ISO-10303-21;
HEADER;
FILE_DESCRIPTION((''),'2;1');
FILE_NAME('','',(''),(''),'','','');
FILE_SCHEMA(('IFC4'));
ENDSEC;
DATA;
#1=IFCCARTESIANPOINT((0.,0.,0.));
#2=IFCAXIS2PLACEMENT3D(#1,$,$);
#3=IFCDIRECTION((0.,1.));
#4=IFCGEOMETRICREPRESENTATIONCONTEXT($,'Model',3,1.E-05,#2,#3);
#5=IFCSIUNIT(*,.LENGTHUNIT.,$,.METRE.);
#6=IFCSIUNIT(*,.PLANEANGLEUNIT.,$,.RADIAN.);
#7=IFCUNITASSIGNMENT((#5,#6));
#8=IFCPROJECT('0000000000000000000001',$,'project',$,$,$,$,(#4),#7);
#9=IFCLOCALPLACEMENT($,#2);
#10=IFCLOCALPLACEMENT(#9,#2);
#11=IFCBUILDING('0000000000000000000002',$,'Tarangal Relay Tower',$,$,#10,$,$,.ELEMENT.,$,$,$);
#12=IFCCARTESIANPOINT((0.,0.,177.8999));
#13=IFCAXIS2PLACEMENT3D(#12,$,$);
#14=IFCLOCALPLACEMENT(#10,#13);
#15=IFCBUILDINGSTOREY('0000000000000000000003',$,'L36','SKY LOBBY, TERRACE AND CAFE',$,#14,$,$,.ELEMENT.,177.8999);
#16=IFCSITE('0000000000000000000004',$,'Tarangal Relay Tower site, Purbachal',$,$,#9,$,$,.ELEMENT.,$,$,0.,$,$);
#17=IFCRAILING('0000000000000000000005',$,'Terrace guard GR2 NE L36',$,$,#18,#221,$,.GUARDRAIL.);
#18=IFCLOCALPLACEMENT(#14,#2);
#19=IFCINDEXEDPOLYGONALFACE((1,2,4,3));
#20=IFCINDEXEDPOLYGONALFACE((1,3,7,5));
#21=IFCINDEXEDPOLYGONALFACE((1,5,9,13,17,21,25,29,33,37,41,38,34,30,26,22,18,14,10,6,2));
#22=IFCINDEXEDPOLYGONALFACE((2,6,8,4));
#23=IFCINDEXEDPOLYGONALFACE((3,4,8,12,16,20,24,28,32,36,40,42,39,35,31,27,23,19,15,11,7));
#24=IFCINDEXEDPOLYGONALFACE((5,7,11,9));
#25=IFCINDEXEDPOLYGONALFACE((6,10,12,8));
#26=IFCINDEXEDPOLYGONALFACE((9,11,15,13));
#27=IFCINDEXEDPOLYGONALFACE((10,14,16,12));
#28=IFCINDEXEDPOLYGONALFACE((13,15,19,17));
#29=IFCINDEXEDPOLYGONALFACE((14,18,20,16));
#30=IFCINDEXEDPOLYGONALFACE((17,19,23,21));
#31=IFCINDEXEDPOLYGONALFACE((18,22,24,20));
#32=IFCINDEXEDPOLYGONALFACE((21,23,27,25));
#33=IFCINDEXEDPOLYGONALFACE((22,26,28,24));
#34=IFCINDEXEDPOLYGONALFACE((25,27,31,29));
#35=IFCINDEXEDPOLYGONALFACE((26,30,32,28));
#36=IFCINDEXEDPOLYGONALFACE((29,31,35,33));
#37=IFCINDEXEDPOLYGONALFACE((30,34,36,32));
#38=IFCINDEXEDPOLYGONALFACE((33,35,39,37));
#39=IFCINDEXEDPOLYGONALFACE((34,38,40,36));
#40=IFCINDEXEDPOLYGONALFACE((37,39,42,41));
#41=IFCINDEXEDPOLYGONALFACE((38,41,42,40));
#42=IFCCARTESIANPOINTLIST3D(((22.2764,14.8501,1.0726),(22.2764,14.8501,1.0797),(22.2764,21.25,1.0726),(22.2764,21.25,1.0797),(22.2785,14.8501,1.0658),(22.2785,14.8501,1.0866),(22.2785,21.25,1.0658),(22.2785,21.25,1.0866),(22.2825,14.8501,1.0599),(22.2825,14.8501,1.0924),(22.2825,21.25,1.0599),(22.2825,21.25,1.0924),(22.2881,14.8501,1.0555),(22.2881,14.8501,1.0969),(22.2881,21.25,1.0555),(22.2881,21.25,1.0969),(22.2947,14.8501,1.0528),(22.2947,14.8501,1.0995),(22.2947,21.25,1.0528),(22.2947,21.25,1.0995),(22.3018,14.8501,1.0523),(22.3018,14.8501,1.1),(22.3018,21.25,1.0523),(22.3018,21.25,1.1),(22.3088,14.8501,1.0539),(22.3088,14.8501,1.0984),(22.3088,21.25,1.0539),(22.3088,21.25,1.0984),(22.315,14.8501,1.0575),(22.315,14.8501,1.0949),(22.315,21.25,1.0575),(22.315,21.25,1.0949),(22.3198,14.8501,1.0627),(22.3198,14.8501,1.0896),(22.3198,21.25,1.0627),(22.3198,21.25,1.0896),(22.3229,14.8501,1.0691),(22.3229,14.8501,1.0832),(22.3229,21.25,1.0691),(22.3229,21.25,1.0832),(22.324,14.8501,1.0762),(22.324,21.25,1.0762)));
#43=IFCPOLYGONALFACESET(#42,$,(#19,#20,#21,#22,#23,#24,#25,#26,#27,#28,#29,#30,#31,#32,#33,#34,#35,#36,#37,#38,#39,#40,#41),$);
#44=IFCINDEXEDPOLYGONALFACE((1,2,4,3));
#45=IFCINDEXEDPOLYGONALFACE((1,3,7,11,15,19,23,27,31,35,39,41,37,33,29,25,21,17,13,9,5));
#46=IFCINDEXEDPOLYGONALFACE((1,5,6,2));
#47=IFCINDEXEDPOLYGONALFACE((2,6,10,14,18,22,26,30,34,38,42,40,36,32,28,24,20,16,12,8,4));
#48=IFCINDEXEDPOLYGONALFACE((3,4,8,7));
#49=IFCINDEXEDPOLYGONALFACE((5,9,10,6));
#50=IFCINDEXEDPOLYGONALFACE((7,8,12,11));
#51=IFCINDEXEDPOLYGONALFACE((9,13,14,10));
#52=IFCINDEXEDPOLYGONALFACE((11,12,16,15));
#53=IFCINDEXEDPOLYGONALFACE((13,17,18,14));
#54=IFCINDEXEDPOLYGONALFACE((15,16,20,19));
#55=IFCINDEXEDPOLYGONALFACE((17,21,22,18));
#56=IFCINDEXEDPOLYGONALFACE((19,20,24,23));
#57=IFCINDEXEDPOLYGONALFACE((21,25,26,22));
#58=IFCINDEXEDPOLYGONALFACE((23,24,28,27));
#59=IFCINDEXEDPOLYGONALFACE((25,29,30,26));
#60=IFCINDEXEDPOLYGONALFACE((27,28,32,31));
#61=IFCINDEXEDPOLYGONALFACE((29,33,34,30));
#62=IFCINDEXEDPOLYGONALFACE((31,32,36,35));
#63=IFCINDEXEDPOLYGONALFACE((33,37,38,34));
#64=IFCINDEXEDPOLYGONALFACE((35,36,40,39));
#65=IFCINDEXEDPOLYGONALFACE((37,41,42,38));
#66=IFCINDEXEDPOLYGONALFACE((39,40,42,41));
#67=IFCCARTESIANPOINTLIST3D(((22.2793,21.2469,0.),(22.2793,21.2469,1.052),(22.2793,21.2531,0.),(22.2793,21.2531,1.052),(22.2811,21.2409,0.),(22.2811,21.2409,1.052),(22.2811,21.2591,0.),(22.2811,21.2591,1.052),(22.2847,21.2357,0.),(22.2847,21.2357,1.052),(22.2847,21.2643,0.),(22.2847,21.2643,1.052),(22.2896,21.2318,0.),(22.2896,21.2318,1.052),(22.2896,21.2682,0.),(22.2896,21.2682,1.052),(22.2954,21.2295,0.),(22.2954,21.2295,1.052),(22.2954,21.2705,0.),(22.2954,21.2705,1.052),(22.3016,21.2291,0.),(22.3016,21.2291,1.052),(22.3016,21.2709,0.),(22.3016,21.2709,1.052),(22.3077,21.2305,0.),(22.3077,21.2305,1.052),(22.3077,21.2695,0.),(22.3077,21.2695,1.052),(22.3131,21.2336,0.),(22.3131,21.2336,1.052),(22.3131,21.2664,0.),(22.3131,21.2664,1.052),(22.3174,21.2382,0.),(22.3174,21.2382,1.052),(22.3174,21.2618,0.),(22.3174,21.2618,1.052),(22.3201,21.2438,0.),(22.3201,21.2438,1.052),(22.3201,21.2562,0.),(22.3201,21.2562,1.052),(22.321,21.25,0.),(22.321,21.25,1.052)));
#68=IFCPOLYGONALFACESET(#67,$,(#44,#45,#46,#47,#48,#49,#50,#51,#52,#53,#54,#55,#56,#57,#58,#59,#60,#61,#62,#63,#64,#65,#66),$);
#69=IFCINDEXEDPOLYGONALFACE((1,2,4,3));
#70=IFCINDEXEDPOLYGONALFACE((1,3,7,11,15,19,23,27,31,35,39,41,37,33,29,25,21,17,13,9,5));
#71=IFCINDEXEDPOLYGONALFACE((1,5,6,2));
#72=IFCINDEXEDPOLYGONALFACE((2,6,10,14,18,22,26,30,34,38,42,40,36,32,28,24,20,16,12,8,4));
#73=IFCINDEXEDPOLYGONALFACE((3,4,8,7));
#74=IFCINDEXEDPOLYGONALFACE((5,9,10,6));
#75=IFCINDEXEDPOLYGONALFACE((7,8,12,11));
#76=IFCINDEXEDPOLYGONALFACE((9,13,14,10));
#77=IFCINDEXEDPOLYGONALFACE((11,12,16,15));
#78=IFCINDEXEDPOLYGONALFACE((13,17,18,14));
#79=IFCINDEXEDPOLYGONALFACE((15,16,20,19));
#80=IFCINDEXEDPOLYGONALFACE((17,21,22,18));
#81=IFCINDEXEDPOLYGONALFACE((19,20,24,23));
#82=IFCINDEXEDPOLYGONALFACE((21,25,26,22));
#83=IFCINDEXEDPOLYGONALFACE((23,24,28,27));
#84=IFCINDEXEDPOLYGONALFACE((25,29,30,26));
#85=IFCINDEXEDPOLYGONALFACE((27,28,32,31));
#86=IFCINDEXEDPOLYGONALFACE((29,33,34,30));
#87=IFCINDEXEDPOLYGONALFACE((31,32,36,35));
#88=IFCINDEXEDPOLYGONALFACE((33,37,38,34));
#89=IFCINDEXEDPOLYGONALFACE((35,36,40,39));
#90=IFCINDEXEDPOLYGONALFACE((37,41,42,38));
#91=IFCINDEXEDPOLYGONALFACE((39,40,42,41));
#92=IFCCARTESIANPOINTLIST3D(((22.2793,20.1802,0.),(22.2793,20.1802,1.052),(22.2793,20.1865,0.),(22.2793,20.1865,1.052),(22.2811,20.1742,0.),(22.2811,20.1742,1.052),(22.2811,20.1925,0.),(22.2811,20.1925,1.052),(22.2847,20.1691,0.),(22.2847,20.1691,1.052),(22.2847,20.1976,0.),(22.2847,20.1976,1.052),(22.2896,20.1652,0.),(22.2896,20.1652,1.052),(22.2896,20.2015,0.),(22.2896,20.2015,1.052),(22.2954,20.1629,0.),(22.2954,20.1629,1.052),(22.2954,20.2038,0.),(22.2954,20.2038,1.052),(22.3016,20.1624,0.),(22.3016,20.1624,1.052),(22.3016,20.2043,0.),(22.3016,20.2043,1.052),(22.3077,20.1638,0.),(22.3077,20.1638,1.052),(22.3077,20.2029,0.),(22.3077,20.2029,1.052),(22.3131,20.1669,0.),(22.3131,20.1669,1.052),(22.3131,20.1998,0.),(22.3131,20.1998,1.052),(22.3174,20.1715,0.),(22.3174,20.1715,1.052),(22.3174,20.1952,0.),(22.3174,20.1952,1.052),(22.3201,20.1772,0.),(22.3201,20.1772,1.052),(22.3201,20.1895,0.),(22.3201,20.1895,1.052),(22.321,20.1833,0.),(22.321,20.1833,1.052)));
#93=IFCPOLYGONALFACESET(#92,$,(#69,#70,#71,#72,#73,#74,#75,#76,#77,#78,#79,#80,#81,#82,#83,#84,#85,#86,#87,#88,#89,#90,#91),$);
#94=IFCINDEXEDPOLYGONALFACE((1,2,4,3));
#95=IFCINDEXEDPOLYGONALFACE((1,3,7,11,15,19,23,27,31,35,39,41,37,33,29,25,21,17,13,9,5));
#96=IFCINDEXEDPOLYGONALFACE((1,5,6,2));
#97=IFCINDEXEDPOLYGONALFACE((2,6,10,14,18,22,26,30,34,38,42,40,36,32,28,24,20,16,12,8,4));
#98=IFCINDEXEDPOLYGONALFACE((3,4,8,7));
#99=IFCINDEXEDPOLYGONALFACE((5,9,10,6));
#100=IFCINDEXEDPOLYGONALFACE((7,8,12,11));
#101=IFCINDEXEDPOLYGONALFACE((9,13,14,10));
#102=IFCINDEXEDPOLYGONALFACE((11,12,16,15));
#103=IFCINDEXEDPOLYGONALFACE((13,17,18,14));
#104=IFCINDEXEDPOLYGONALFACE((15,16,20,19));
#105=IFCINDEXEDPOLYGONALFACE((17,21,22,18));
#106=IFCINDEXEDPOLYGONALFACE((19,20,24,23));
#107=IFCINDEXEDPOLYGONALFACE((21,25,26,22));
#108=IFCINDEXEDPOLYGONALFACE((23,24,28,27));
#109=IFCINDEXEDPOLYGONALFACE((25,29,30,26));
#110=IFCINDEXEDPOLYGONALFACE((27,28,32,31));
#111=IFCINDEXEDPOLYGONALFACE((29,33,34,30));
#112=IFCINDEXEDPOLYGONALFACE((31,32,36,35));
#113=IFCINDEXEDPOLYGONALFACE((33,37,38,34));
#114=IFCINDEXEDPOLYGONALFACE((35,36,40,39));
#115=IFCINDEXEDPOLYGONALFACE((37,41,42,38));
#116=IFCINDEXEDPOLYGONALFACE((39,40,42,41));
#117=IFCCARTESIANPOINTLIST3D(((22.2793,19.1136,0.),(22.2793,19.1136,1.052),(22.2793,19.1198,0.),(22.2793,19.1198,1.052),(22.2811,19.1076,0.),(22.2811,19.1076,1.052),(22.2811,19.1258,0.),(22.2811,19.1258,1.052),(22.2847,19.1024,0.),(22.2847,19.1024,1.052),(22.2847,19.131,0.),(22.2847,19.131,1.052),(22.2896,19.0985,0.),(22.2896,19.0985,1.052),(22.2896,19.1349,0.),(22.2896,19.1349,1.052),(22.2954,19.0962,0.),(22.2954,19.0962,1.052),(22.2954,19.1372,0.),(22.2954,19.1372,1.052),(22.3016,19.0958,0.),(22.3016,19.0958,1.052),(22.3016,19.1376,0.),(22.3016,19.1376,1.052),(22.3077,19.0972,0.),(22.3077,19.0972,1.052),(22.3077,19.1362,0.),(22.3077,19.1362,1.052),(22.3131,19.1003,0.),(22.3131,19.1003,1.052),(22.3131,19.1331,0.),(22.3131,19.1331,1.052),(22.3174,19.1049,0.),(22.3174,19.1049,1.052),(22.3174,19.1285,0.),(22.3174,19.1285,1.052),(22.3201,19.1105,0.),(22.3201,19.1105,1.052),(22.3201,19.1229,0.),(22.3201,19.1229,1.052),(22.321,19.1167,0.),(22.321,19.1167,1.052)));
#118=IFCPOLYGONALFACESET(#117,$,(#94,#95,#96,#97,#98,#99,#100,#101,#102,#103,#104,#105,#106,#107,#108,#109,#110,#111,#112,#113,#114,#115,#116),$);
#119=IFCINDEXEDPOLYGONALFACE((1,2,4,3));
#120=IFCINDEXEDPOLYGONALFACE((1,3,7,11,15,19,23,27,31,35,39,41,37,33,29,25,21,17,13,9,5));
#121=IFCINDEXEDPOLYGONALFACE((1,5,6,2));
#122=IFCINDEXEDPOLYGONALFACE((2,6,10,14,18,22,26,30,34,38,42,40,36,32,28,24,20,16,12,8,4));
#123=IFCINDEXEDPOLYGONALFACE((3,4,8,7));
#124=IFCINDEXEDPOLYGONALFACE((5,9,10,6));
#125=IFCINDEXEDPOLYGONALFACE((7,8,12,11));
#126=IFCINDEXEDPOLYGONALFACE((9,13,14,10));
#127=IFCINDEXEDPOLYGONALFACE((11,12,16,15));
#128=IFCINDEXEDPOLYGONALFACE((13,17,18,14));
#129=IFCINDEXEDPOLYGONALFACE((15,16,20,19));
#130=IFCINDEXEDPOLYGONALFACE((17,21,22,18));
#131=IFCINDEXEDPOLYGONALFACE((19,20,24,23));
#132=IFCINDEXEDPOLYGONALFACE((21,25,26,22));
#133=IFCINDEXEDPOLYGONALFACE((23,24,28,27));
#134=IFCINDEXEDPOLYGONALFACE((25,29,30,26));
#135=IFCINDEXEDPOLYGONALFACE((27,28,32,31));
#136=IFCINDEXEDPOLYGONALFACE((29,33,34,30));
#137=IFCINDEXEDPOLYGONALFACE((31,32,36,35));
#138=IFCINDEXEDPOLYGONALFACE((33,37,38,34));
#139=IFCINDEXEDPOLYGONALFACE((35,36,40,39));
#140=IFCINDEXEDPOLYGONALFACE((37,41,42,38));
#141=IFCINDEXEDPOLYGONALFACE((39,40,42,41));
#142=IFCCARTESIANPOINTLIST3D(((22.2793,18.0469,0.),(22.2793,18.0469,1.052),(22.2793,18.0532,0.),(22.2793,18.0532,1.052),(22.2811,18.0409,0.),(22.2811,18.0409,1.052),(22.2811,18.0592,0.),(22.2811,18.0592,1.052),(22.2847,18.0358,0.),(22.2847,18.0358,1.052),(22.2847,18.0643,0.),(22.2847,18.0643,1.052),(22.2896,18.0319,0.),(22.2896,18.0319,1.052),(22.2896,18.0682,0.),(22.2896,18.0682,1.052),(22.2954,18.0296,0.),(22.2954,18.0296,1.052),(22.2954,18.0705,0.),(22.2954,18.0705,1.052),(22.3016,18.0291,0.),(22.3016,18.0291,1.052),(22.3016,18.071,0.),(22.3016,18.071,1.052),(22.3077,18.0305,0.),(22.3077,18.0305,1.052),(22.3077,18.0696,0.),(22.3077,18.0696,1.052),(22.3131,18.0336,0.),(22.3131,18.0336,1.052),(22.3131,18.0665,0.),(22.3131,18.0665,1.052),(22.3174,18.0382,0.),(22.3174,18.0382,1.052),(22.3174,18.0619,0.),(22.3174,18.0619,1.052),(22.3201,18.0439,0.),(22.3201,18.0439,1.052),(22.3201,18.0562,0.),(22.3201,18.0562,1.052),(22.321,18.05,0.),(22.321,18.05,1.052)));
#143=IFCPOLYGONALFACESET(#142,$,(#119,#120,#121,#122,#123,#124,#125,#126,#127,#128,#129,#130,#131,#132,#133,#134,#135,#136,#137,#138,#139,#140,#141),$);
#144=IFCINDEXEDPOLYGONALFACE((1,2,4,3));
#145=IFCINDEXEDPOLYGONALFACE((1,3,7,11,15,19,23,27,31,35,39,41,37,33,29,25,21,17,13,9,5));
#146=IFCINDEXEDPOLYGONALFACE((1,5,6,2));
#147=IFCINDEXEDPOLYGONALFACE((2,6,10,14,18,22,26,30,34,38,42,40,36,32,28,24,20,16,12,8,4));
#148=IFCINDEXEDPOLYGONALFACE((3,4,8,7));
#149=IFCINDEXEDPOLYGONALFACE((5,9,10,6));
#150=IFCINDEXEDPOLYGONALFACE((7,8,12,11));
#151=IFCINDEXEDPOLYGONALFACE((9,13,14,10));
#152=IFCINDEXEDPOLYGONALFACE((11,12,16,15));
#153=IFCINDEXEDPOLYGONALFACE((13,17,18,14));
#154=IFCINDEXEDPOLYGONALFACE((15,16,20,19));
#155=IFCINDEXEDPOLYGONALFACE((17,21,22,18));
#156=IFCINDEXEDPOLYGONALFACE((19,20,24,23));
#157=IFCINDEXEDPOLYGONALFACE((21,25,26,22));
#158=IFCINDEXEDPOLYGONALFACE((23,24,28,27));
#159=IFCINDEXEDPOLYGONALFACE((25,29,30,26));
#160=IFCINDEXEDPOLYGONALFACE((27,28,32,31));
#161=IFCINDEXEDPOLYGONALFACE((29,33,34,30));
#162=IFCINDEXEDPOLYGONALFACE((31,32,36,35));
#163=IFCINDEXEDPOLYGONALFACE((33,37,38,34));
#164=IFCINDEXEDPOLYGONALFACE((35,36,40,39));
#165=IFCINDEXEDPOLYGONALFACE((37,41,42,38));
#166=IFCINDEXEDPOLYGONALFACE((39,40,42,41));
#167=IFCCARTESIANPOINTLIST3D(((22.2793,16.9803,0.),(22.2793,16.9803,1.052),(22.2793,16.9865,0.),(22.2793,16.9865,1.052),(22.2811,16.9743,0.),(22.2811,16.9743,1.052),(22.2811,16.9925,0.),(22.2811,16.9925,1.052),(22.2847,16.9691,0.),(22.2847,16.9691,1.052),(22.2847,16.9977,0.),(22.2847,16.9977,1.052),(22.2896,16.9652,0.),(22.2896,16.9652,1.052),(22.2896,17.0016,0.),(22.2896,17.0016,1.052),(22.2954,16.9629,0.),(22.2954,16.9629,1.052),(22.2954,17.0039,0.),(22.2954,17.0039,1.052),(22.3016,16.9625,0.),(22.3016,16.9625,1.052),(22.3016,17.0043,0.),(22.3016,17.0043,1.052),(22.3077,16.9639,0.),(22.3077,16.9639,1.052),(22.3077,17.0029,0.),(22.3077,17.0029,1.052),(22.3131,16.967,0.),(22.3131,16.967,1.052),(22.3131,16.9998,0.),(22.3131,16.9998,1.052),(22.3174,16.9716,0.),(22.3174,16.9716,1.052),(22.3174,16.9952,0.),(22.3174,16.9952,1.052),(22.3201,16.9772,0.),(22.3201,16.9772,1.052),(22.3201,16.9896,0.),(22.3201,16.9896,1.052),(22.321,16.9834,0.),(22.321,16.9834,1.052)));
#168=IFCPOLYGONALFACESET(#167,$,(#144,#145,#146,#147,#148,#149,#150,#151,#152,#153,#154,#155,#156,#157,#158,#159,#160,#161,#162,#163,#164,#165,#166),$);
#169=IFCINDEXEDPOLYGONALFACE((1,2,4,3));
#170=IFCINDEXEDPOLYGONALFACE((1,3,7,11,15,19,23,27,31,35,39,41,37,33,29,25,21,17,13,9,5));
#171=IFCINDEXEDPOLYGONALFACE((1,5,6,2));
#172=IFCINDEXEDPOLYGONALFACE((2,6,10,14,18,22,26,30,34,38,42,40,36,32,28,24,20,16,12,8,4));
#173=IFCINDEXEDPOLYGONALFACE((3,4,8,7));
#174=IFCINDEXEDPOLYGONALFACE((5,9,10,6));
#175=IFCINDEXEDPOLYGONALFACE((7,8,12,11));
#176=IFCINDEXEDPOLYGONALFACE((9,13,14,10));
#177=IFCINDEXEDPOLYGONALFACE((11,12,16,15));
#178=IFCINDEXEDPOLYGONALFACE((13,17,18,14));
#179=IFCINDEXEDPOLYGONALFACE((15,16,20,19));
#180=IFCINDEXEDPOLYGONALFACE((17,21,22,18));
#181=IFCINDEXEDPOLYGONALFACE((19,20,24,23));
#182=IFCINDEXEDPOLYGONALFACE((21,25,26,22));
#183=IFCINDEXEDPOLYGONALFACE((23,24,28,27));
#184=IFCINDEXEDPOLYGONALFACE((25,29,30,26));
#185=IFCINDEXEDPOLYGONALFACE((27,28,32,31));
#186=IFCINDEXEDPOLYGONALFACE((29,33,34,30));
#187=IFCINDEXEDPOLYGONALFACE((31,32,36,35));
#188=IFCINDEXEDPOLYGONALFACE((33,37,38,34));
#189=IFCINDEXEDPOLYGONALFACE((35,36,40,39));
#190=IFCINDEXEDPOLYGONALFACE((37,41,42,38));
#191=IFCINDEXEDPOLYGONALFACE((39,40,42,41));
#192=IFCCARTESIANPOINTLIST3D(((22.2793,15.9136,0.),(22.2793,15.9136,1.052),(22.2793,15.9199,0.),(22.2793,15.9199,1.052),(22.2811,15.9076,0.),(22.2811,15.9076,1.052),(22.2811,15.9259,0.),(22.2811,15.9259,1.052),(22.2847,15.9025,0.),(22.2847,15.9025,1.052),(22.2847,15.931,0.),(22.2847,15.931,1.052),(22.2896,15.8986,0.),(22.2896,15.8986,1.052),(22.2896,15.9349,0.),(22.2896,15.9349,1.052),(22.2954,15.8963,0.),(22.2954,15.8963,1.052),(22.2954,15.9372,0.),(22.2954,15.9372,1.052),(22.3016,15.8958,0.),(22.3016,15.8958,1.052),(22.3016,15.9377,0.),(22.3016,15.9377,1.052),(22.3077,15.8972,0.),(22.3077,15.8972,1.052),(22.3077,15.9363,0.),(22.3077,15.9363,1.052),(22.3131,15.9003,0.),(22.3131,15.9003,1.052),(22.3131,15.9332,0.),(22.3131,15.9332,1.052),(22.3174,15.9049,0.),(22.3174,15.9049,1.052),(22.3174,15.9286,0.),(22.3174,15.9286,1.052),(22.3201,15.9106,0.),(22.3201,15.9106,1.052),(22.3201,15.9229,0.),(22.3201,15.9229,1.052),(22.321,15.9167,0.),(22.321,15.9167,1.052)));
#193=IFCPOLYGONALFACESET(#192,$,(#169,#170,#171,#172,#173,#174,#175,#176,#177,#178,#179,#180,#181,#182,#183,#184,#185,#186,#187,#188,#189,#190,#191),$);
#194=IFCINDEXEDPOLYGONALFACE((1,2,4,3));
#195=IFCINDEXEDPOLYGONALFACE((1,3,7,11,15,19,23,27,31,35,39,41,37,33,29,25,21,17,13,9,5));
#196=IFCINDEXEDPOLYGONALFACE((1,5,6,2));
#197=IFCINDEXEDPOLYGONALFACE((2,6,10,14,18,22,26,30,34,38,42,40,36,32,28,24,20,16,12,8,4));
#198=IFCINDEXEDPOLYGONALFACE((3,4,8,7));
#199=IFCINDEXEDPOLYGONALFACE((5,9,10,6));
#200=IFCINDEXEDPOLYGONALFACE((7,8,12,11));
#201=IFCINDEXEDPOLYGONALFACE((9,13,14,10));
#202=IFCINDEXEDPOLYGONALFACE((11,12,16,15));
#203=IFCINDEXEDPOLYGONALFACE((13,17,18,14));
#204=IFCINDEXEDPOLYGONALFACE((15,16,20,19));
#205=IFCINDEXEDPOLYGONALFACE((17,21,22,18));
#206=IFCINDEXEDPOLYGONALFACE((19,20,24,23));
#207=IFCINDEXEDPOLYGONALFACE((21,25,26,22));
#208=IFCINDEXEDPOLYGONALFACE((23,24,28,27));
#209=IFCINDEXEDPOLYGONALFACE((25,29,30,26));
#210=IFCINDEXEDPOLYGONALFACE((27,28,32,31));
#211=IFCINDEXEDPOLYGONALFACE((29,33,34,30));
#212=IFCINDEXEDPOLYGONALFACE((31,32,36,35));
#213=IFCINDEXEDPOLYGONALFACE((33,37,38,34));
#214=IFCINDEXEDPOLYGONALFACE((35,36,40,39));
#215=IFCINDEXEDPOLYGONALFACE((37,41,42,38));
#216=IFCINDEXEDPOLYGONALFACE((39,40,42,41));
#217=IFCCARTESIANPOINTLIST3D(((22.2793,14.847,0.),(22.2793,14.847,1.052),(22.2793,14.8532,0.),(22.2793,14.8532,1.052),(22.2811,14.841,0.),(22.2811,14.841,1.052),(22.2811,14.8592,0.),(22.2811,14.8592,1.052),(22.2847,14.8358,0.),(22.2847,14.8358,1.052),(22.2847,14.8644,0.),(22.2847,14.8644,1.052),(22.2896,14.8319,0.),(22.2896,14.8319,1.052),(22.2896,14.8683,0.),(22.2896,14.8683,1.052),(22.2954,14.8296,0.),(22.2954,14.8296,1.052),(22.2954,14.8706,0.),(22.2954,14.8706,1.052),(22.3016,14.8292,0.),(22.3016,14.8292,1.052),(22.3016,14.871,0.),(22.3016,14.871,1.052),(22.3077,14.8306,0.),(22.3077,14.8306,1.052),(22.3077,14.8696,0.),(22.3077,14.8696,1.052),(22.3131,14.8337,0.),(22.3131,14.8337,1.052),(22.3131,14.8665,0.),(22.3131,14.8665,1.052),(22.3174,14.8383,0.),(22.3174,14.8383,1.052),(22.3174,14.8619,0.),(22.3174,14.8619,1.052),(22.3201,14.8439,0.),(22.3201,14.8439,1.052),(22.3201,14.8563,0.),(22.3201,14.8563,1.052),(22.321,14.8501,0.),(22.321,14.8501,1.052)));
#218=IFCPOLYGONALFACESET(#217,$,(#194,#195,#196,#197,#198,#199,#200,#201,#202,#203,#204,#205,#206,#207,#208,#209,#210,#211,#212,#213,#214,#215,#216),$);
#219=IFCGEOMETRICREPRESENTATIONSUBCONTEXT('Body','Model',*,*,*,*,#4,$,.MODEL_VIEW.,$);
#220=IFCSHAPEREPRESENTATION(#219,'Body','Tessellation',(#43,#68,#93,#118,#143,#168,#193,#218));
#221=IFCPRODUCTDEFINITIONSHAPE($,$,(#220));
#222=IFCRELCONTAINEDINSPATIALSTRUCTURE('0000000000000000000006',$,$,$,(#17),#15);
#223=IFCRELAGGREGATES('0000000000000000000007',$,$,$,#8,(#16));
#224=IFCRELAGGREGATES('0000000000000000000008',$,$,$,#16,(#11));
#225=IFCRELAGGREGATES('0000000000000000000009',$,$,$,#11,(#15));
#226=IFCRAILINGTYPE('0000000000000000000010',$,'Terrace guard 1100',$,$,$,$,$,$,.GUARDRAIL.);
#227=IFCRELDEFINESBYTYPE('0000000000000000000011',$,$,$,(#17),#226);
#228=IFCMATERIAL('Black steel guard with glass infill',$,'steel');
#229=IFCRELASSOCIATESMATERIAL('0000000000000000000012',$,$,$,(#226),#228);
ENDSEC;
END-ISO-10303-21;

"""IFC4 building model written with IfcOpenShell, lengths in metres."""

from ifc_helpers import new_model, si_unit, direction, frame, origin, origin_2d, place, context, subcontext, project, spatial, circle, extrude, material, type_object, element, save


model = new_model("IFC4")

# Units and contexts
model_context = context("Model", 3, precision=1e-05, world=origin(), true_north=direction((0.0, 1.0)))
body_context = subcontext(model_context, "Body", "Model", "MODEL_VIEW")
ifc_project = project(units=[si_unit("LENGTHUNIT", "METRE"), si_unit("PLANEANGLEUNIT", "RADIAN")], contexts=[model_context])

# Site, building, storey
site_placement = place(None, origin())
site = spatial("IfcSite", under=ifc_project, at=site_placement, Name="Tarangal Relay Tower site, Purbachal", CompositionType="ELEMENT", RefElevation=0.0)
building_placement = place(site_placement, origin())
building = spatial("IfcBuilding", under=site, at=building_placement, Name="Tarangal Relay Tower", CompositionType="ELEMENT")
storey_placement = place(building_placement, frame((0.0, 0.0, 177.8999)))
storey = spatial("IfcBuildingStorey", under=building, at=storey_placement, Name="L36", Description="SKY LOBBY, TERRACE AND CAFE", CompositionType="ELEMENT", Elevation=177.8999)

# Railing
ifc_material_1 = material(Name="Black steel guard with glass infill", Category="steel")
railing_type = type_object("IfcRailingType", Name="Terrace guard 1100", PredefinedType="GUARDRAIL", material=ifc_material_1)
railing_1_placement = place(storey_placement, frame((22.3, 21.25, 0.0)))
element("IfcRailing", 1, at=railing_1_placement, inside=storey, type_object=railing_type, Name="Terrace guard GR2 NE L36", PredefinedType="GUARDRAIL", context=body_context, shape_type="SweptSolid", body=[
    extrude(circle(Radius=0.0239, at=origin_2d()), frame((0.0, 0.0, 1.0762), z_axis=(0.0, -1.0, 0.0), x_axis=(1.0, 0.0, 0.0)), (0.0, 0.0, 1.0), 6.3999),
    extrude(circle(Radius=0.021, at=origin_2d()), origin(), (0.0, 0.0, 1.0), 1.052),
    extrude(circle(Radius=0.021, at=origin_2d()), frame((0.0, -1.0667, 0.0)), (0.0, 0.0, 1.0), 1.052),
    extrude(circle(Radius=0.021, at=origin_2d()), frame((0.0, -2.1333, 0.0)), (0.0, 0.0, 1.0), 1.052),
    extrude(circle(Radius=0.021, at=origin_2d()), frame((0.0, -3.2, 0.0)), (0.0, 0.0, 1.0), 1.052),
    extrude(circle(Radius=0.021, at=origin_2d()), frame((0.0, -4.2666, 0.0)), (0.0, 0.0, 1.0), 1.052),
    extrude(circle(Radius=0.021, at=origin_2d()), frame((0.0, -5.3333, 0.0)), (0.0, 0.0, 1.0), 1.052),
    extrude(circle(Radius=0.021, at=origin_2d()), frame((0.0, -6.3999, 0.0)), (0.0, 0.0, 1.0), 1.052),
])

save(model, "model.ifc")
